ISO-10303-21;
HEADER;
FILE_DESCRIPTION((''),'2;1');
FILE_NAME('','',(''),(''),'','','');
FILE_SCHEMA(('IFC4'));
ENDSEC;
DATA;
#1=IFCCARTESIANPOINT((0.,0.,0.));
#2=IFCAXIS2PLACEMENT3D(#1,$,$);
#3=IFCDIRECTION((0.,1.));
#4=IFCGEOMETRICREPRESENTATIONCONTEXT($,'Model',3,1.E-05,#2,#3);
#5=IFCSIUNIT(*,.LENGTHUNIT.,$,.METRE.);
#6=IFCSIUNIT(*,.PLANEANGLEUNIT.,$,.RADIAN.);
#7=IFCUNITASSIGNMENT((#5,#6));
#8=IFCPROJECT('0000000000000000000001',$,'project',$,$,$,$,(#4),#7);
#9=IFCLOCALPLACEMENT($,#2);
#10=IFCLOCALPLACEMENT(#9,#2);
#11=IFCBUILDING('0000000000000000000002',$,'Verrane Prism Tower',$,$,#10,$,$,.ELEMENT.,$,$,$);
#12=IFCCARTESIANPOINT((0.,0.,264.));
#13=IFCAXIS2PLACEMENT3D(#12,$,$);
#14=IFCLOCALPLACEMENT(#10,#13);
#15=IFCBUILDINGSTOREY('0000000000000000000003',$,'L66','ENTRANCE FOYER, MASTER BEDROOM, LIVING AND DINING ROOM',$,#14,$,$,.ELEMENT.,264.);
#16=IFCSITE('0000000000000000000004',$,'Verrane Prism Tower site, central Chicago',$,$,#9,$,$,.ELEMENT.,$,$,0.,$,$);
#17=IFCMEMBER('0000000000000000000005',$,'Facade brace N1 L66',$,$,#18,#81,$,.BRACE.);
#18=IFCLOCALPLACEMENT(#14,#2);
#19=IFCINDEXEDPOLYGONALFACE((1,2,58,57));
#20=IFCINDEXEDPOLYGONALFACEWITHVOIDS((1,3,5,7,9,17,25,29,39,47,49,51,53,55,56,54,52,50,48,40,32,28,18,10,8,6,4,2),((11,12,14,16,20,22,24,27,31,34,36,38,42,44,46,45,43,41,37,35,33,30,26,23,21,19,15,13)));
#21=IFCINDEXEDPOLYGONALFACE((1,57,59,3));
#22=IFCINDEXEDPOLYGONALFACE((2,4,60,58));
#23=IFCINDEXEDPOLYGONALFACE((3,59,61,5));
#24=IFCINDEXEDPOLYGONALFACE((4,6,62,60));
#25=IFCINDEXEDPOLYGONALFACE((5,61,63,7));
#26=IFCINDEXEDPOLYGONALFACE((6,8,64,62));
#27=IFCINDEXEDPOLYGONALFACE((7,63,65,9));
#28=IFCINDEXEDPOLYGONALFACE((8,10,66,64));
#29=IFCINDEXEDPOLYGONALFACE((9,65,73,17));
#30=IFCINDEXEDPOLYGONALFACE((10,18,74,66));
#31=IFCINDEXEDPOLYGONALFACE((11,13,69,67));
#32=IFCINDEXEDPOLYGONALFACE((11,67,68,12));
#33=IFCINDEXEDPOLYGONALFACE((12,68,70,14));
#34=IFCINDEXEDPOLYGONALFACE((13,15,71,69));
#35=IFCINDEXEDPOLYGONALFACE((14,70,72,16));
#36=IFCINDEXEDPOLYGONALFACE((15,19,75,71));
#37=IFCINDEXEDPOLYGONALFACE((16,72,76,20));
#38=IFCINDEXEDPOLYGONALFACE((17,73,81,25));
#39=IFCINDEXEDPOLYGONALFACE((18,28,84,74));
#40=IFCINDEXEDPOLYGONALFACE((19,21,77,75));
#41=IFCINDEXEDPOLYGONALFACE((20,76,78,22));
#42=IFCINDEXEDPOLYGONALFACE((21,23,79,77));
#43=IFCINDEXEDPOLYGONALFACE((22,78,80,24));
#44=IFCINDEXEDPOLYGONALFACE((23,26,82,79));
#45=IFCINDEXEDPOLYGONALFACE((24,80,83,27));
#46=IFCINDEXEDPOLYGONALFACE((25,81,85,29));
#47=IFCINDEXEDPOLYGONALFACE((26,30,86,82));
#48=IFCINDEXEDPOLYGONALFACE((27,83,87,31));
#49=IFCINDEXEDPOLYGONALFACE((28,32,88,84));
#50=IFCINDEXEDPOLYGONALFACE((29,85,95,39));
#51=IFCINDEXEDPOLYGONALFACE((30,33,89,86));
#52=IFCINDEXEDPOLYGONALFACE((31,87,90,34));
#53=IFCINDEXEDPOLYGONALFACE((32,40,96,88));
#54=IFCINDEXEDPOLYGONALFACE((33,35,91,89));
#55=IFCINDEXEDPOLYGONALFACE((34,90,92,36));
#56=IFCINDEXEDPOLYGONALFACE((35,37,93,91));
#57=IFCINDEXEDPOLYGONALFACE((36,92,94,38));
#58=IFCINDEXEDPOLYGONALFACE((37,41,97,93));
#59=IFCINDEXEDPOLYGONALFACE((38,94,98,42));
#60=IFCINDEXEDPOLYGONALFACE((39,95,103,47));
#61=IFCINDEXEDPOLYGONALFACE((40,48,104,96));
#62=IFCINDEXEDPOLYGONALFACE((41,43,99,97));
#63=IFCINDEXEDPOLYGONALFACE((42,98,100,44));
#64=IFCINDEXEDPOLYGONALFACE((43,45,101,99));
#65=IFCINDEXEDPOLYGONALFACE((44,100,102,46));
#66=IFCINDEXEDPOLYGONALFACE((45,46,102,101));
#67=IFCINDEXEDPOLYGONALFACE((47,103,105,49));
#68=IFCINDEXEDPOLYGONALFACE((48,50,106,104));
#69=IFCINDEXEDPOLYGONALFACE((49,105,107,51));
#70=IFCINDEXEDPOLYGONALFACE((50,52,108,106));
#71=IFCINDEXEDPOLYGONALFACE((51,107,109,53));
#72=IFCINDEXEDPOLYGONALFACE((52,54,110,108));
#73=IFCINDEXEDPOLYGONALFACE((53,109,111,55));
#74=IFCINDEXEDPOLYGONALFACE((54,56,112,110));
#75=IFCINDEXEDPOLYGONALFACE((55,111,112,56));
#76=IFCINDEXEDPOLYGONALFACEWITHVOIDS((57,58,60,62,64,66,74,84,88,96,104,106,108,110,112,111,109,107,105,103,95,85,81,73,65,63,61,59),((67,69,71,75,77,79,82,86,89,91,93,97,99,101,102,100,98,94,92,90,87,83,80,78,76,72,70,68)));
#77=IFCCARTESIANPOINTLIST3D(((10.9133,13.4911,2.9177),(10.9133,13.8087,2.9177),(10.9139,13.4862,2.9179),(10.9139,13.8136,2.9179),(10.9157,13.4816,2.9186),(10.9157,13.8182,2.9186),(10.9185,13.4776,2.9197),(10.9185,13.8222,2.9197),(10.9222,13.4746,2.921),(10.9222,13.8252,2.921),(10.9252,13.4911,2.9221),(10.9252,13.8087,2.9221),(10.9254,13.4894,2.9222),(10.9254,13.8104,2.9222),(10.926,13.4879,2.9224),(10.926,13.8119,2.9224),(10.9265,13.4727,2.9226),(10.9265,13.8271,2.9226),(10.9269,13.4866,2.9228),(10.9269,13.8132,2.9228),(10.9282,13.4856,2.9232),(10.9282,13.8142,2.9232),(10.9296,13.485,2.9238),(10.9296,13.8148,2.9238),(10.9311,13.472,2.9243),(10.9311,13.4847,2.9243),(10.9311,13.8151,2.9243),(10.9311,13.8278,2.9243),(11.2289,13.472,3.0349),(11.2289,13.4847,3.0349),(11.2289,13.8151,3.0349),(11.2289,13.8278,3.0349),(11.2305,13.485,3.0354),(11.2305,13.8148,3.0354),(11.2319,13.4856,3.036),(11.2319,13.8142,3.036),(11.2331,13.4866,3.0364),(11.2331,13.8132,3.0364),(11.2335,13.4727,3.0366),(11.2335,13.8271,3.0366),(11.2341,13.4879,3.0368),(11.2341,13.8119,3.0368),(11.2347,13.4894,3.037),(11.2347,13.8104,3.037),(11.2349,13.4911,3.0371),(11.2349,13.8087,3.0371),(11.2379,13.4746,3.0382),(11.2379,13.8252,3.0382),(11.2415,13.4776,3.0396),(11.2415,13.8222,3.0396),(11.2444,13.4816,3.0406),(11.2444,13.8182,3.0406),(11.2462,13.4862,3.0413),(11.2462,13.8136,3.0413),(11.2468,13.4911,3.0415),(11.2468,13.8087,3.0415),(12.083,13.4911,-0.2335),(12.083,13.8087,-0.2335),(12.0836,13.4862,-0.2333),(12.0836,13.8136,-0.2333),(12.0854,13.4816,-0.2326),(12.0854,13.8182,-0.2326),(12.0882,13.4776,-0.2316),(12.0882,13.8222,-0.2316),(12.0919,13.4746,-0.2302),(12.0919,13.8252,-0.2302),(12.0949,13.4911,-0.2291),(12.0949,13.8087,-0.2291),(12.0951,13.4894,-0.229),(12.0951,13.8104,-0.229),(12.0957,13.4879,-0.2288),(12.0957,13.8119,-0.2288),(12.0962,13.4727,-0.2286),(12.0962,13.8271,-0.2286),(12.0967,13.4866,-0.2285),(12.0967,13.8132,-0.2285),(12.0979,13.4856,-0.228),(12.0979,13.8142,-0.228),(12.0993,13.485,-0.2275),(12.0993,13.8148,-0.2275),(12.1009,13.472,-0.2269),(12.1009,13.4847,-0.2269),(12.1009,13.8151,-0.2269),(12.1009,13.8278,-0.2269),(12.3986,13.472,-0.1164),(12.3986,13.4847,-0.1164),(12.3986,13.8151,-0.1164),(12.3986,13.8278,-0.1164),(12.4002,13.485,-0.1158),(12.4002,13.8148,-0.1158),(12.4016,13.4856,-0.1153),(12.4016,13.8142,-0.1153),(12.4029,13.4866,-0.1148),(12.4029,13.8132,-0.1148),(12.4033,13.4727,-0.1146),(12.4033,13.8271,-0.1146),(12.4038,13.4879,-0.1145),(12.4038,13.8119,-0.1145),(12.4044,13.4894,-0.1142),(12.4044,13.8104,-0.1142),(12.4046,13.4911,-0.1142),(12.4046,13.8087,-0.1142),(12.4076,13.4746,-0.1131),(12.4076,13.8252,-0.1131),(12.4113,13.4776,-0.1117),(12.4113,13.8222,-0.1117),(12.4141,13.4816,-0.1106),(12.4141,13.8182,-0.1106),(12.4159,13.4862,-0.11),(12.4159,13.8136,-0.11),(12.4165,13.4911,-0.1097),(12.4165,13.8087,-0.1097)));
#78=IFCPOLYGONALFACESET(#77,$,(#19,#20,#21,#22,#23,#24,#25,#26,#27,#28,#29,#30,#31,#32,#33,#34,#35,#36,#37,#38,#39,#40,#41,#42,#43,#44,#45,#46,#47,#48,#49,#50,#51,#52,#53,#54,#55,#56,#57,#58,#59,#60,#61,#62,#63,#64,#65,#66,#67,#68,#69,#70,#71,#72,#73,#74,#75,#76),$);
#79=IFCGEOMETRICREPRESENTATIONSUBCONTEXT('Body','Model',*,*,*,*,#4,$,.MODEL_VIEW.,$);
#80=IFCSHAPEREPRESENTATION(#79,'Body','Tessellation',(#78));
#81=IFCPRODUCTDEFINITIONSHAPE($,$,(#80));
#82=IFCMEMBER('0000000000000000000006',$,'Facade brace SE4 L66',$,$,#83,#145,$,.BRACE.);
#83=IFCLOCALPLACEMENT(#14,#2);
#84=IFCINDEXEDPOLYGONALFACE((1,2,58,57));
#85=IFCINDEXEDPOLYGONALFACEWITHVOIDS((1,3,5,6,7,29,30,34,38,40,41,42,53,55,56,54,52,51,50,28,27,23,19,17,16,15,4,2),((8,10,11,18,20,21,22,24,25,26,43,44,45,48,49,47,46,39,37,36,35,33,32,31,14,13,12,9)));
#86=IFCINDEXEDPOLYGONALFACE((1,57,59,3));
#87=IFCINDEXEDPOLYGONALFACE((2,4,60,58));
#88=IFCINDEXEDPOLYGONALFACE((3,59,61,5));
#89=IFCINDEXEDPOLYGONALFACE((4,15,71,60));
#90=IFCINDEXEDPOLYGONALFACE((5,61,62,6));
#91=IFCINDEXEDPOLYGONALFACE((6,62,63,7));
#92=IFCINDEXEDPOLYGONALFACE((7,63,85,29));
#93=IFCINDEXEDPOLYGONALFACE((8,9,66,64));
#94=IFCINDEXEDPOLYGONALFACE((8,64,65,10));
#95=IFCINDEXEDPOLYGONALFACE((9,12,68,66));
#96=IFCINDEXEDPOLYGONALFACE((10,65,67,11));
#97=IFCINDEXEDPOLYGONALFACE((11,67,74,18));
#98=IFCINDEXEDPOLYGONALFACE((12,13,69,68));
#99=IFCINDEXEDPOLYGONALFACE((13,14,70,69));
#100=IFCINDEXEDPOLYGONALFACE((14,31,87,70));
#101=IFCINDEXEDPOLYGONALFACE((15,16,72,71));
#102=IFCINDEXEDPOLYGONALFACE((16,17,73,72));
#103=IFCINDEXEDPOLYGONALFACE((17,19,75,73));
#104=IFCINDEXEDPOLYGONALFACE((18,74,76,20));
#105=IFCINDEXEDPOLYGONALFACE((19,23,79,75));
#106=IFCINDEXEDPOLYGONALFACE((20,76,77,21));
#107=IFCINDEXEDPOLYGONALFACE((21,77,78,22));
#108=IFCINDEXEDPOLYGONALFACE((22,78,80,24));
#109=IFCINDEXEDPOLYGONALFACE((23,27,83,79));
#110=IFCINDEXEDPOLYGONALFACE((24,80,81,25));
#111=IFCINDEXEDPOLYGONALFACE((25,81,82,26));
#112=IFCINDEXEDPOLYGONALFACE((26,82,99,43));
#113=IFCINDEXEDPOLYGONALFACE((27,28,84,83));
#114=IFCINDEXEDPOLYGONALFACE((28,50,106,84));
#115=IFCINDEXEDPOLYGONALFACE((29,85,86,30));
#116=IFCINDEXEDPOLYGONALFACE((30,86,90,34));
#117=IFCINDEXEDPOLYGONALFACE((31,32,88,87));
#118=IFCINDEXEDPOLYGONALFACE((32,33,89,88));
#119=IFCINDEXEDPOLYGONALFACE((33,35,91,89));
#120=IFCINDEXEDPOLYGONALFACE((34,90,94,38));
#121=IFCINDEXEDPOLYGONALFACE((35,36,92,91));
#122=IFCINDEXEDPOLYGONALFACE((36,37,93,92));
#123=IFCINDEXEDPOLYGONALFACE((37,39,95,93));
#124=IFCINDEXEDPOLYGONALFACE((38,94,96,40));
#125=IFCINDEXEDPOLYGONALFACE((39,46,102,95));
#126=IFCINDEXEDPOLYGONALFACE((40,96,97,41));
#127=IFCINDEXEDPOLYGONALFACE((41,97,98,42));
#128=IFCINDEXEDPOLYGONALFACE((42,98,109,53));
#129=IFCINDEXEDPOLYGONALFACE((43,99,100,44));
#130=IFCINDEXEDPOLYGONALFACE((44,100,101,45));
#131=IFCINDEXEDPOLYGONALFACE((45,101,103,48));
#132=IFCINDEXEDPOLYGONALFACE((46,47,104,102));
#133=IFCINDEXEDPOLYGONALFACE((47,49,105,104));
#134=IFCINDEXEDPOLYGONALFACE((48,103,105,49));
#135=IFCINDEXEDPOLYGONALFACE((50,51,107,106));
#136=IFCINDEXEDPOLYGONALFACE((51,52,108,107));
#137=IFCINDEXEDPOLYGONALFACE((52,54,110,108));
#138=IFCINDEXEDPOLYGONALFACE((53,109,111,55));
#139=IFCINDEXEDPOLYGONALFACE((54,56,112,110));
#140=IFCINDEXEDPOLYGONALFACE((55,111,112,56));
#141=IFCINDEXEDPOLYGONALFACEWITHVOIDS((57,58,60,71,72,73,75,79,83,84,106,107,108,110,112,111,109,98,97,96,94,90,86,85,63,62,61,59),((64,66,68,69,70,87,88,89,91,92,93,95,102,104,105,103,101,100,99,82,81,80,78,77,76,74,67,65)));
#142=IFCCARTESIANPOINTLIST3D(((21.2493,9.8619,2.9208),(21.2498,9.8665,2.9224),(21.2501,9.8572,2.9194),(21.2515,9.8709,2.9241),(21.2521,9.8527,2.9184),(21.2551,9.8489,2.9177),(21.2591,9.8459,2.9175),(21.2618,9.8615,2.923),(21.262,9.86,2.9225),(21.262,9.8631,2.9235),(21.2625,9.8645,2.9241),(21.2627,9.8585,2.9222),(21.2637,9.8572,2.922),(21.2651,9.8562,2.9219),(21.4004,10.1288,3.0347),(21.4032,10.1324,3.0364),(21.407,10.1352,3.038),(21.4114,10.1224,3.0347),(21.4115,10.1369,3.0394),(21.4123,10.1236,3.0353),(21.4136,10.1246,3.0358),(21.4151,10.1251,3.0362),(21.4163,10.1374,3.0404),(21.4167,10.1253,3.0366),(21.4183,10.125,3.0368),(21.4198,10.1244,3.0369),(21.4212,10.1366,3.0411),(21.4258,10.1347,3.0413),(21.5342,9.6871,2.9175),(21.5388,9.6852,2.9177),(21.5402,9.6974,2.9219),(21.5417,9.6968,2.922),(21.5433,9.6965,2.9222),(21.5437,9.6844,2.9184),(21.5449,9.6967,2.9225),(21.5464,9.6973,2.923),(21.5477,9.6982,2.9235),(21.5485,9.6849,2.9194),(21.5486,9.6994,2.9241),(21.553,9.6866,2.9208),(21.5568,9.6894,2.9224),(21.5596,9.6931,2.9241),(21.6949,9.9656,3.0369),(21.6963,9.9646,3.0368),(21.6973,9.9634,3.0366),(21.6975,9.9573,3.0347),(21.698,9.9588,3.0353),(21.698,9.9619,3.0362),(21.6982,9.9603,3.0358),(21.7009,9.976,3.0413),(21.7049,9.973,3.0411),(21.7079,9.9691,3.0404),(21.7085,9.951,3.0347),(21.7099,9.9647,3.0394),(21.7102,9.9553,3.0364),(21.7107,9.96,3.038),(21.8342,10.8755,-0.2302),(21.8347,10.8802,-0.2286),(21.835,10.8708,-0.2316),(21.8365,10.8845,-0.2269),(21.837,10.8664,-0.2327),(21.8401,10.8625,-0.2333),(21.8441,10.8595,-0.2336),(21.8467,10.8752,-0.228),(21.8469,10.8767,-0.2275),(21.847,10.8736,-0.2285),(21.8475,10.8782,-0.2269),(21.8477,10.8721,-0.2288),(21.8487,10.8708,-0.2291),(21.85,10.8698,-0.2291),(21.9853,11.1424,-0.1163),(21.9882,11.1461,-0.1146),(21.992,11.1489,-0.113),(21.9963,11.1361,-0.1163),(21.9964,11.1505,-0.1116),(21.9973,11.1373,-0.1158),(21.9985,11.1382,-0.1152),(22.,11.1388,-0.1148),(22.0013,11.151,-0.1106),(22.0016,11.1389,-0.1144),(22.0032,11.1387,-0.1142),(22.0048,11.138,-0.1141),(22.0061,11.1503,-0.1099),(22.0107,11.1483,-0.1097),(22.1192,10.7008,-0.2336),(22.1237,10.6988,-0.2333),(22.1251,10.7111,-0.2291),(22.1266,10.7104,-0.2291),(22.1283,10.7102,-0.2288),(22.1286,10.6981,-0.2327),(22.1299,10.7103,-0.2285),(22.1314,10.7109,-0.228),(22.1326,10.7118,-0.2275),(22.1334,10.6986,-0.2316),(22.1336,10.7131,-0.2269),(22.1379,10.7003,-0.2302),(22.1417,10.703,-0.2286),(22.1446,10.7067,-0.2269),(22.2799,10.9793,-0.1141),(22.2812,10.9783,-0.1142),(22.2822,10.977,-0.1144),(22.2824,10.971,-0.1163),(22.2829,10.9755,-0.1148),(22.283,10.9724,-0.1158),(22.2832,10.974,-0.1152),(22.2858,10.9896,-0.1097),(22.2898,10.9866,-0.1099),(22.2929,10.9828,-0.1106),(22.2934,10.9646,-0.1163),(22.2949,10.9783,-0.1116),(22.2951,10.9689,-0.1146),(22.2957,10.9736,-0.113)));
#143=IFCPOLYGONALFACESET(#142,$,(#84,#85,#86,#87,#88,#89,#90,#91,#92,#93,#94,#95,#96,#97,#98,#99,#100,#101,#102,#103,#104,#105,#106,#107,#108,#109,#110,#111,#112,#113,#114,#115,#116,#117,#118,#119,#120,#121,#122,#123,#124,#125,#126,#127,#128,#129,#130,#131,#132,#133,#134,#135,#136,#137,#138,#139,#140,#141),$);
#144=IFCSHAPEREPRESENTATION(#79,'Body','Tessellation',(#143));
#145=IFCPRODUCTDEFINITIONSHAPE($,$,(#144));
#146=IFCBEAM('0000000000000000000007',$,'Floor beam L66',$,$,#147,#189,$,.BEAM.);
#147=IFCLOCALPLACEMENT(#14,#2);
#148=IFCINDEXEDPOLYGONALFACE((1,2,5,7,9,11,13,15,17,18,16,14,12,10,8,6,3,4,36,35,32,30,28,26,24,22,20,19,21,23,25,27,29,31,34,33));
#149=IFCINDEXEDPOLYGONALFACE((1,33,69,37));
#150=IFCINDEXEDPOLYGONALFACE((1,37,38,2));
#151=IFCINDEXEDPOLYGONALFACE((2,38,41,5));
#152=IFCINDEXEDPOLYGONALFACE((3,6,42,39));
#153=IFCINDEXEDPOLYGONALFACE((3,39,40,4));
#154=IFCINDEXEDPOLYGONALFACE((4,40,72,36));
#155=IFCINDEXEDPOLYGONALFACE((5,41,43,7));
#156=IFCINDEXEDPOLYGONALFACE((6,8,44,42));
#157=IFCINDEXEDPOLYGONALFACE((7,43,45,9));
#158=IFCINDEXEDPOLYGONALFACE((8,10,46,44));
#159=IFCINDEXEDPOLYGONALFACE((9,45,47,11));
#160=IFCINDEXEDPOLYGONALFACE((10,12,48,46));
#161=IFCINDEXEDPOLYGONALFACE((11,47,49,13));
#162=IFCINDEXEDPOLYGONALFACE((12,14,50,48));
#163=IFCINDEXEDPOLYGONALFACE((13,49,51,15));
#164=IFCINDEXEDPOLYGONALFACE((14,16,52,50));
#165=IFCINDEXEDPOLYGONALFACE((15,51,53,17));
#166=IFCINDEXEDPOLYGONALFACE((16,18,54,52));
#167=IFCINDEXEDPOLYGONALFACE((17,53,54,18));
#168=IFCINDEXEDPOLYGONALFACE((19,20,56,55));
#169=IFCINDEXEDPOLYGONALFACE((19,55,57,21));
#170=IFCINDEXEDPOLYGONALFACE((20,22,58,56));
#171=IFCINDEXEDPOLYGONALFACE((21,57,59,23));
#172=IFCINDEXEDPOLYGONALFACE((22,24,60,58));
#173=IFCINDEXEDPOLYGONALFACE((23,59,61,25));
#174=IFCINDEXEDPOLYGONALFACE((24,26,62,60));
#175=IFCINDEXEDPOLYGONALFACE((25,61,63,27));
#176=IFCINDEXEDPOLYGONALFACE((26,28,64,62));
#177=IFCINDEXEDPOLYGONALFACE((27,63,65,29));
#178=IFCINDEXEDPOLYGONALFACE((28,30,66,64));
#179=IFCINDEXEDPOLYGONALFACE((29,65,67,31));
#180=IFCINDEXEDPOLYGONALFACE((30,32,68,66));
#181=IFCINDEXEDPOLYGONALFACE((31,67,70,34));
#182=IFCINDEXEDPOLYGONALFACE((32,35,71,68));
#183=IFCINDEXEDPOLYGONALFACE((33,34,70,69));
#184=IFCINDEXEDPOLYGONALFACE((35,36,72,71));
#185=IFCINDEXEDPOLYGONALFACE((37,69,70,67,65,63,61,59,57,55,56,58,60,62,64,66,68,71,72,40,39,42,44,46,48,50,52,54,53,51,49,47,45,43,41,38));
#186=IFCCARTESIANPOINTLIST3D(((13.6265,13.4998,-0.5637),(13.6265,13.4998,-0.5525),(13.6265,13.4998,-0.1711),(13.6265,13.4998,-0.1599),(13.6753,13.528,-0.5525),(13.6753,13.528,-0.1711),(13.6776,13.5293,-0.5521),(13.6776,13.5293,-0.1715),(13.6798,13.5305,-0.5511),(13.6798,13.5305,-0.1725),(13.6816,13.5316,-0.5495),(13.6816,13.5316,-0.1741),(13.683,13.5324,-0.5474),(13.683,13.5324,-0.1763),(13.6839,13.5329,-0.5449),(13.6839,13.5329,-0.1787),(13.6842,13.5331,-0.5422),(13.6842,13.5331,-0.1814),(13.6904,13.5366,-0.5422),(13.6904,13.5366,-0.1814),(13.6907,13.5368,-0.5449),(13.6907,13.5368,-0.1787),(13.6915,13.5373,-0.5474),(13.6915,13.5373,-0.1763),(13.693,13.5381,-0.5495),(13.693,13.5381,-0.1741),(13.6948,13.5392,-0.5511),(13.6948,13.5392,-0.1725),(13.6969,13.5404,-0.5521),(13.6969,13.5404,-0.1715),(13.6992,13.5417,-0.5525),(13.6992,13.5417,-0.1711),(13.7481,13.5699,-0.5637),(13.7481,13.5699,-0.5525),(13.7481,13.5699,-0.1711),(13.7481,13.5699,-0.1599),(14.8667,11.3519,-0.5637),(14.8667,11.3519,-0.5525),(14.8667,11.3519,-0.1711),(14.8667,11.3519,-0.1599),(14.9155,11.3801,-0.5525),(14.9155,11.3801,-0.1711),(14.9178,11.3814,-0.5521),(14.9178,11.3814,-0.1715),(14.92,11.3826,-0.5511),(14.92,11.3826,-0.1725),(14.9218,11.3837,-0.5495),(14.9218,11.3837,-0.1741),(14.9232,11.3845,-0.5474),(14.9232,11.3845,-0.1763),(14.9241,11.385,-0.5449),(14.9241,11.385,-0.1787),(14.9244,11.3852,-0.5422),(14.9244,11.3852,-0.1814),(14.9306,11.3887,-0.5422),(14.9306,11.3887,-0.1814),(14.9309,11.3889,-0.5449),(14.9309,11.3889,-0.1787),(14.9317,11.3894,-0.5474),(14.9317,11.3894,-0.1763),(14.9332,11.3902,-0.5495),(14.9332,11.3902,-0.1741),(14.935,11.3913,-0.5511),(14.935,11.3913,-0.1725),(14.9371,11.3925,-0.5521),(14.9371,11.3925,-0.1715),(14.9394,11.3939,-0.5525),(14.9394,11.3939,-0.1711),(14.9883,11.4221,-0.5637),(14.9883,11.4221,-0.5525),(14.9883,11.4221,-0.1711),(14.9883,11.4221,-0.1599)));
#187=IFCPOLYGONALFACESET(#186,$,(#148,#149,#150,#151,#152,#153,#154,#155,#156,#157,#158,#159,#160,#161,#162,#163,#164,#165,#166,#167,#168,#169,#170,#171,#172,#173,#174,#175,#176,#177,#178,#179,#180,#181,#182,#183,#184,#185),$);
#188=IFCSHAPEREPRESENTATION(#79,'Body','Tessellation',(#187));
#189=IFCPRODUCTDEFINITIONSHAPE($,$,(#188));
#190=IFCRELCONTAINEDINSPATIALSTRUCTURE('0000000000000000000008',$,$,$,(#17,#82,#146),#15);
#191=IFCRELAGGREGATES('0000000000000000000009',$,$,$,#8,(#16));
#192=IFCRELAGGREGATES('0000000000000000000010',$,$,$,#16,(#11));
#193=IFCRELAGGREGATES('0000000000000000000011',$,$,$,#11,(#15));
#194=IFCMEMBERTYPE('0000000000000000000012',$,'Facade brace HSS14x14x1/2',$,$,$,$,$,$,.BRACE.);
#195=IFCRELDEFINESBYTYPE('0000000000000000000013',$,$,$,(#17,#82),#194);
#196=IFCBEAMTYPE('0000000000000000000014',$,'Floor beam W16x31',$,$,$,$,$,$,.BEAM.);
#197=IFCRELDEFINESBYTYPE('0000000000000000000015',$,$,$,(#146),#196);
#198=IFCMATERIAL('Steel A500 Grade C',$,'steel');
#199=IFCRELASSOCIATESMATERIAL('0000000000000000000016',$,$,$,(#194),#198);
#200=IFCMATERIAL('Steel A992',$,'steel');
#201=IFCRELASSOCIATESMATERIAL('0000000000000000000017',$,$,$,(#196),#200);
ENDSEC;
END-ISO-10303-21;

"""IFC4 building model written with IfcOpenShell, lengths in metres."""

from ifc_helpers import new_model, si_unit, direction, frame, origin, origin_2d, place, context, subcontext, project, spatial, hollow_rectangle, i_section, extrude, material, material_profile, profile_set, type_object, element, save


model = new_model("IFC4")

# Units and contexts
model_context = context("Model", 3, precision=1e-05, world=origin(), true_north=direction((0.0, 1.0)))
body_context = subcontext(model_context, "Body", "Model", "MODEL_VIEW")
ifc_project = project(units=[si_unit("LENGTHUNIT", "METRE"), si_unit("PLANEANGLEUNIT", "RADIAN")], contexts=[model_context])

# Site, building, storey
site_placement = place(None, origin())
site = spatial("IfcSite", under=ifc_project, at=site_placement, Name="Verrane Prism Tower site, central Chicago", CompositionType="ELEMENT", RefElevation=0.0)
building_placement = place(site_placement, origin())
building = spatial("IfcBuilding", under=site, at=building_placement, Name="Verrane Prism Tower", CompositionType="ELEMENT")
storey_placement = place(building_placement, frame((0.0, 0.0, 264.0)))
storey = spatial("IfcBuildingStorey", under=building, at=storey_placement, Name="L66", Description="ENTRANCE FOYER, MASTER BEDROOM, LIVING AND DINING ROOM", CompositionType="ELEMENT", Elevation=264.0)

# Members
ifc_material_1 = material(Name="Steel A500 Grade C", Category="steel")
ifc_material_profile_1 = material_profile(ifc_material_1, hollow_rectangle(XDim=0.3557, YDim=0.3557, WallThickness=0.0127, InnerFilletRadius=0.0063, OuterFilletRadius=0.019, at=origin_2d()), Name="HSS14x14x1/2")
ifc_profile_set_1 = profile_set([ifc_material_profile_1], Name="Steel A500 Grade C")
member_type_1 = type_object("IfcMemberType", Name="Facade brace HSS14x14x1/2", PredefinedType="BRACE", material=ifc_profile_set_1)
for number, where, z_axis, x_axis, name in (
    (1, (12.2498, 13.6499, -0.1716), (-0.347993, 0.0, 0.937497), (0.0, -1.0, 0.0), "Facade brace N1 L66"),
    (2, (22.0649, 10.9246, -0.1716), (-0.174021, -0.301559, 0.937432), (0.86613, -0.499819, 0.0), "Facade brace SE4 L66"),
):
    element("IfcMember", number, at=place(storey_placement, frame(where, z_axis=z_axis, x_axis=x_axis)), inside=storey, type_object=member_type_1, Name=name, PredefinedType="BRACE", context=body_context, shape_type="SweptSolid", body=[
        extrude(hollow_rectangle(XDim=0.3557, YDim=0.3557, WallThickness=0.0127, InnerFilletRadius=0.0063, OuterFilletRadius=0.019, at=origin_2d()), origin(), (0.0, 0.0, 1.0), 3.3613),
    ])

# Beam
ifc_material_2 = material(Name="Steel A992", Category="steel")
ifc_material_profile_2 = material_profile(ifc_material_2, i_section(OverallWidth=0.1404, OverallDepth=0.4038, WebThickness=0.0071, FlangeThickness=0.0112, FilletRadius=0.0103, at=origin_2d()), Name="W16x31")
ifc_profile_set_2 = profile_set([ifc_material_profile_2], Name="Steel A992")
beam_type_1 = type_object("IfcBeamType", Name="Floor beam W16x31", PredefinedType="BEAM", material=ifc_profile_set_2)
beam_1_placement = place(storey_placement, frame((14.9275, 11.387, -0.3618), z_axis=(-0.500035, 0.866005, 0.0), x_axis=(-0.866005, -0.500035, 0.0)))
element("IfcBeam", 3, at=beam_1_placement, inside=storey, type_object=beam_type_1, Name="Floor beam L66", PredefinedType="BEAM", context=body_context, shape_type="SweptSolid", body=[
    extrude(i_section(OverallWidth=0.1404, OverallDepth=0.4038, WebThickness=0.0071, FlangeThickness=0.0112, FilletRadius=0.0103, at=origin_2d()), origin(), (0.0, 0.0, 1.0), 2.4802),
])

save(model, "model.ifc")
